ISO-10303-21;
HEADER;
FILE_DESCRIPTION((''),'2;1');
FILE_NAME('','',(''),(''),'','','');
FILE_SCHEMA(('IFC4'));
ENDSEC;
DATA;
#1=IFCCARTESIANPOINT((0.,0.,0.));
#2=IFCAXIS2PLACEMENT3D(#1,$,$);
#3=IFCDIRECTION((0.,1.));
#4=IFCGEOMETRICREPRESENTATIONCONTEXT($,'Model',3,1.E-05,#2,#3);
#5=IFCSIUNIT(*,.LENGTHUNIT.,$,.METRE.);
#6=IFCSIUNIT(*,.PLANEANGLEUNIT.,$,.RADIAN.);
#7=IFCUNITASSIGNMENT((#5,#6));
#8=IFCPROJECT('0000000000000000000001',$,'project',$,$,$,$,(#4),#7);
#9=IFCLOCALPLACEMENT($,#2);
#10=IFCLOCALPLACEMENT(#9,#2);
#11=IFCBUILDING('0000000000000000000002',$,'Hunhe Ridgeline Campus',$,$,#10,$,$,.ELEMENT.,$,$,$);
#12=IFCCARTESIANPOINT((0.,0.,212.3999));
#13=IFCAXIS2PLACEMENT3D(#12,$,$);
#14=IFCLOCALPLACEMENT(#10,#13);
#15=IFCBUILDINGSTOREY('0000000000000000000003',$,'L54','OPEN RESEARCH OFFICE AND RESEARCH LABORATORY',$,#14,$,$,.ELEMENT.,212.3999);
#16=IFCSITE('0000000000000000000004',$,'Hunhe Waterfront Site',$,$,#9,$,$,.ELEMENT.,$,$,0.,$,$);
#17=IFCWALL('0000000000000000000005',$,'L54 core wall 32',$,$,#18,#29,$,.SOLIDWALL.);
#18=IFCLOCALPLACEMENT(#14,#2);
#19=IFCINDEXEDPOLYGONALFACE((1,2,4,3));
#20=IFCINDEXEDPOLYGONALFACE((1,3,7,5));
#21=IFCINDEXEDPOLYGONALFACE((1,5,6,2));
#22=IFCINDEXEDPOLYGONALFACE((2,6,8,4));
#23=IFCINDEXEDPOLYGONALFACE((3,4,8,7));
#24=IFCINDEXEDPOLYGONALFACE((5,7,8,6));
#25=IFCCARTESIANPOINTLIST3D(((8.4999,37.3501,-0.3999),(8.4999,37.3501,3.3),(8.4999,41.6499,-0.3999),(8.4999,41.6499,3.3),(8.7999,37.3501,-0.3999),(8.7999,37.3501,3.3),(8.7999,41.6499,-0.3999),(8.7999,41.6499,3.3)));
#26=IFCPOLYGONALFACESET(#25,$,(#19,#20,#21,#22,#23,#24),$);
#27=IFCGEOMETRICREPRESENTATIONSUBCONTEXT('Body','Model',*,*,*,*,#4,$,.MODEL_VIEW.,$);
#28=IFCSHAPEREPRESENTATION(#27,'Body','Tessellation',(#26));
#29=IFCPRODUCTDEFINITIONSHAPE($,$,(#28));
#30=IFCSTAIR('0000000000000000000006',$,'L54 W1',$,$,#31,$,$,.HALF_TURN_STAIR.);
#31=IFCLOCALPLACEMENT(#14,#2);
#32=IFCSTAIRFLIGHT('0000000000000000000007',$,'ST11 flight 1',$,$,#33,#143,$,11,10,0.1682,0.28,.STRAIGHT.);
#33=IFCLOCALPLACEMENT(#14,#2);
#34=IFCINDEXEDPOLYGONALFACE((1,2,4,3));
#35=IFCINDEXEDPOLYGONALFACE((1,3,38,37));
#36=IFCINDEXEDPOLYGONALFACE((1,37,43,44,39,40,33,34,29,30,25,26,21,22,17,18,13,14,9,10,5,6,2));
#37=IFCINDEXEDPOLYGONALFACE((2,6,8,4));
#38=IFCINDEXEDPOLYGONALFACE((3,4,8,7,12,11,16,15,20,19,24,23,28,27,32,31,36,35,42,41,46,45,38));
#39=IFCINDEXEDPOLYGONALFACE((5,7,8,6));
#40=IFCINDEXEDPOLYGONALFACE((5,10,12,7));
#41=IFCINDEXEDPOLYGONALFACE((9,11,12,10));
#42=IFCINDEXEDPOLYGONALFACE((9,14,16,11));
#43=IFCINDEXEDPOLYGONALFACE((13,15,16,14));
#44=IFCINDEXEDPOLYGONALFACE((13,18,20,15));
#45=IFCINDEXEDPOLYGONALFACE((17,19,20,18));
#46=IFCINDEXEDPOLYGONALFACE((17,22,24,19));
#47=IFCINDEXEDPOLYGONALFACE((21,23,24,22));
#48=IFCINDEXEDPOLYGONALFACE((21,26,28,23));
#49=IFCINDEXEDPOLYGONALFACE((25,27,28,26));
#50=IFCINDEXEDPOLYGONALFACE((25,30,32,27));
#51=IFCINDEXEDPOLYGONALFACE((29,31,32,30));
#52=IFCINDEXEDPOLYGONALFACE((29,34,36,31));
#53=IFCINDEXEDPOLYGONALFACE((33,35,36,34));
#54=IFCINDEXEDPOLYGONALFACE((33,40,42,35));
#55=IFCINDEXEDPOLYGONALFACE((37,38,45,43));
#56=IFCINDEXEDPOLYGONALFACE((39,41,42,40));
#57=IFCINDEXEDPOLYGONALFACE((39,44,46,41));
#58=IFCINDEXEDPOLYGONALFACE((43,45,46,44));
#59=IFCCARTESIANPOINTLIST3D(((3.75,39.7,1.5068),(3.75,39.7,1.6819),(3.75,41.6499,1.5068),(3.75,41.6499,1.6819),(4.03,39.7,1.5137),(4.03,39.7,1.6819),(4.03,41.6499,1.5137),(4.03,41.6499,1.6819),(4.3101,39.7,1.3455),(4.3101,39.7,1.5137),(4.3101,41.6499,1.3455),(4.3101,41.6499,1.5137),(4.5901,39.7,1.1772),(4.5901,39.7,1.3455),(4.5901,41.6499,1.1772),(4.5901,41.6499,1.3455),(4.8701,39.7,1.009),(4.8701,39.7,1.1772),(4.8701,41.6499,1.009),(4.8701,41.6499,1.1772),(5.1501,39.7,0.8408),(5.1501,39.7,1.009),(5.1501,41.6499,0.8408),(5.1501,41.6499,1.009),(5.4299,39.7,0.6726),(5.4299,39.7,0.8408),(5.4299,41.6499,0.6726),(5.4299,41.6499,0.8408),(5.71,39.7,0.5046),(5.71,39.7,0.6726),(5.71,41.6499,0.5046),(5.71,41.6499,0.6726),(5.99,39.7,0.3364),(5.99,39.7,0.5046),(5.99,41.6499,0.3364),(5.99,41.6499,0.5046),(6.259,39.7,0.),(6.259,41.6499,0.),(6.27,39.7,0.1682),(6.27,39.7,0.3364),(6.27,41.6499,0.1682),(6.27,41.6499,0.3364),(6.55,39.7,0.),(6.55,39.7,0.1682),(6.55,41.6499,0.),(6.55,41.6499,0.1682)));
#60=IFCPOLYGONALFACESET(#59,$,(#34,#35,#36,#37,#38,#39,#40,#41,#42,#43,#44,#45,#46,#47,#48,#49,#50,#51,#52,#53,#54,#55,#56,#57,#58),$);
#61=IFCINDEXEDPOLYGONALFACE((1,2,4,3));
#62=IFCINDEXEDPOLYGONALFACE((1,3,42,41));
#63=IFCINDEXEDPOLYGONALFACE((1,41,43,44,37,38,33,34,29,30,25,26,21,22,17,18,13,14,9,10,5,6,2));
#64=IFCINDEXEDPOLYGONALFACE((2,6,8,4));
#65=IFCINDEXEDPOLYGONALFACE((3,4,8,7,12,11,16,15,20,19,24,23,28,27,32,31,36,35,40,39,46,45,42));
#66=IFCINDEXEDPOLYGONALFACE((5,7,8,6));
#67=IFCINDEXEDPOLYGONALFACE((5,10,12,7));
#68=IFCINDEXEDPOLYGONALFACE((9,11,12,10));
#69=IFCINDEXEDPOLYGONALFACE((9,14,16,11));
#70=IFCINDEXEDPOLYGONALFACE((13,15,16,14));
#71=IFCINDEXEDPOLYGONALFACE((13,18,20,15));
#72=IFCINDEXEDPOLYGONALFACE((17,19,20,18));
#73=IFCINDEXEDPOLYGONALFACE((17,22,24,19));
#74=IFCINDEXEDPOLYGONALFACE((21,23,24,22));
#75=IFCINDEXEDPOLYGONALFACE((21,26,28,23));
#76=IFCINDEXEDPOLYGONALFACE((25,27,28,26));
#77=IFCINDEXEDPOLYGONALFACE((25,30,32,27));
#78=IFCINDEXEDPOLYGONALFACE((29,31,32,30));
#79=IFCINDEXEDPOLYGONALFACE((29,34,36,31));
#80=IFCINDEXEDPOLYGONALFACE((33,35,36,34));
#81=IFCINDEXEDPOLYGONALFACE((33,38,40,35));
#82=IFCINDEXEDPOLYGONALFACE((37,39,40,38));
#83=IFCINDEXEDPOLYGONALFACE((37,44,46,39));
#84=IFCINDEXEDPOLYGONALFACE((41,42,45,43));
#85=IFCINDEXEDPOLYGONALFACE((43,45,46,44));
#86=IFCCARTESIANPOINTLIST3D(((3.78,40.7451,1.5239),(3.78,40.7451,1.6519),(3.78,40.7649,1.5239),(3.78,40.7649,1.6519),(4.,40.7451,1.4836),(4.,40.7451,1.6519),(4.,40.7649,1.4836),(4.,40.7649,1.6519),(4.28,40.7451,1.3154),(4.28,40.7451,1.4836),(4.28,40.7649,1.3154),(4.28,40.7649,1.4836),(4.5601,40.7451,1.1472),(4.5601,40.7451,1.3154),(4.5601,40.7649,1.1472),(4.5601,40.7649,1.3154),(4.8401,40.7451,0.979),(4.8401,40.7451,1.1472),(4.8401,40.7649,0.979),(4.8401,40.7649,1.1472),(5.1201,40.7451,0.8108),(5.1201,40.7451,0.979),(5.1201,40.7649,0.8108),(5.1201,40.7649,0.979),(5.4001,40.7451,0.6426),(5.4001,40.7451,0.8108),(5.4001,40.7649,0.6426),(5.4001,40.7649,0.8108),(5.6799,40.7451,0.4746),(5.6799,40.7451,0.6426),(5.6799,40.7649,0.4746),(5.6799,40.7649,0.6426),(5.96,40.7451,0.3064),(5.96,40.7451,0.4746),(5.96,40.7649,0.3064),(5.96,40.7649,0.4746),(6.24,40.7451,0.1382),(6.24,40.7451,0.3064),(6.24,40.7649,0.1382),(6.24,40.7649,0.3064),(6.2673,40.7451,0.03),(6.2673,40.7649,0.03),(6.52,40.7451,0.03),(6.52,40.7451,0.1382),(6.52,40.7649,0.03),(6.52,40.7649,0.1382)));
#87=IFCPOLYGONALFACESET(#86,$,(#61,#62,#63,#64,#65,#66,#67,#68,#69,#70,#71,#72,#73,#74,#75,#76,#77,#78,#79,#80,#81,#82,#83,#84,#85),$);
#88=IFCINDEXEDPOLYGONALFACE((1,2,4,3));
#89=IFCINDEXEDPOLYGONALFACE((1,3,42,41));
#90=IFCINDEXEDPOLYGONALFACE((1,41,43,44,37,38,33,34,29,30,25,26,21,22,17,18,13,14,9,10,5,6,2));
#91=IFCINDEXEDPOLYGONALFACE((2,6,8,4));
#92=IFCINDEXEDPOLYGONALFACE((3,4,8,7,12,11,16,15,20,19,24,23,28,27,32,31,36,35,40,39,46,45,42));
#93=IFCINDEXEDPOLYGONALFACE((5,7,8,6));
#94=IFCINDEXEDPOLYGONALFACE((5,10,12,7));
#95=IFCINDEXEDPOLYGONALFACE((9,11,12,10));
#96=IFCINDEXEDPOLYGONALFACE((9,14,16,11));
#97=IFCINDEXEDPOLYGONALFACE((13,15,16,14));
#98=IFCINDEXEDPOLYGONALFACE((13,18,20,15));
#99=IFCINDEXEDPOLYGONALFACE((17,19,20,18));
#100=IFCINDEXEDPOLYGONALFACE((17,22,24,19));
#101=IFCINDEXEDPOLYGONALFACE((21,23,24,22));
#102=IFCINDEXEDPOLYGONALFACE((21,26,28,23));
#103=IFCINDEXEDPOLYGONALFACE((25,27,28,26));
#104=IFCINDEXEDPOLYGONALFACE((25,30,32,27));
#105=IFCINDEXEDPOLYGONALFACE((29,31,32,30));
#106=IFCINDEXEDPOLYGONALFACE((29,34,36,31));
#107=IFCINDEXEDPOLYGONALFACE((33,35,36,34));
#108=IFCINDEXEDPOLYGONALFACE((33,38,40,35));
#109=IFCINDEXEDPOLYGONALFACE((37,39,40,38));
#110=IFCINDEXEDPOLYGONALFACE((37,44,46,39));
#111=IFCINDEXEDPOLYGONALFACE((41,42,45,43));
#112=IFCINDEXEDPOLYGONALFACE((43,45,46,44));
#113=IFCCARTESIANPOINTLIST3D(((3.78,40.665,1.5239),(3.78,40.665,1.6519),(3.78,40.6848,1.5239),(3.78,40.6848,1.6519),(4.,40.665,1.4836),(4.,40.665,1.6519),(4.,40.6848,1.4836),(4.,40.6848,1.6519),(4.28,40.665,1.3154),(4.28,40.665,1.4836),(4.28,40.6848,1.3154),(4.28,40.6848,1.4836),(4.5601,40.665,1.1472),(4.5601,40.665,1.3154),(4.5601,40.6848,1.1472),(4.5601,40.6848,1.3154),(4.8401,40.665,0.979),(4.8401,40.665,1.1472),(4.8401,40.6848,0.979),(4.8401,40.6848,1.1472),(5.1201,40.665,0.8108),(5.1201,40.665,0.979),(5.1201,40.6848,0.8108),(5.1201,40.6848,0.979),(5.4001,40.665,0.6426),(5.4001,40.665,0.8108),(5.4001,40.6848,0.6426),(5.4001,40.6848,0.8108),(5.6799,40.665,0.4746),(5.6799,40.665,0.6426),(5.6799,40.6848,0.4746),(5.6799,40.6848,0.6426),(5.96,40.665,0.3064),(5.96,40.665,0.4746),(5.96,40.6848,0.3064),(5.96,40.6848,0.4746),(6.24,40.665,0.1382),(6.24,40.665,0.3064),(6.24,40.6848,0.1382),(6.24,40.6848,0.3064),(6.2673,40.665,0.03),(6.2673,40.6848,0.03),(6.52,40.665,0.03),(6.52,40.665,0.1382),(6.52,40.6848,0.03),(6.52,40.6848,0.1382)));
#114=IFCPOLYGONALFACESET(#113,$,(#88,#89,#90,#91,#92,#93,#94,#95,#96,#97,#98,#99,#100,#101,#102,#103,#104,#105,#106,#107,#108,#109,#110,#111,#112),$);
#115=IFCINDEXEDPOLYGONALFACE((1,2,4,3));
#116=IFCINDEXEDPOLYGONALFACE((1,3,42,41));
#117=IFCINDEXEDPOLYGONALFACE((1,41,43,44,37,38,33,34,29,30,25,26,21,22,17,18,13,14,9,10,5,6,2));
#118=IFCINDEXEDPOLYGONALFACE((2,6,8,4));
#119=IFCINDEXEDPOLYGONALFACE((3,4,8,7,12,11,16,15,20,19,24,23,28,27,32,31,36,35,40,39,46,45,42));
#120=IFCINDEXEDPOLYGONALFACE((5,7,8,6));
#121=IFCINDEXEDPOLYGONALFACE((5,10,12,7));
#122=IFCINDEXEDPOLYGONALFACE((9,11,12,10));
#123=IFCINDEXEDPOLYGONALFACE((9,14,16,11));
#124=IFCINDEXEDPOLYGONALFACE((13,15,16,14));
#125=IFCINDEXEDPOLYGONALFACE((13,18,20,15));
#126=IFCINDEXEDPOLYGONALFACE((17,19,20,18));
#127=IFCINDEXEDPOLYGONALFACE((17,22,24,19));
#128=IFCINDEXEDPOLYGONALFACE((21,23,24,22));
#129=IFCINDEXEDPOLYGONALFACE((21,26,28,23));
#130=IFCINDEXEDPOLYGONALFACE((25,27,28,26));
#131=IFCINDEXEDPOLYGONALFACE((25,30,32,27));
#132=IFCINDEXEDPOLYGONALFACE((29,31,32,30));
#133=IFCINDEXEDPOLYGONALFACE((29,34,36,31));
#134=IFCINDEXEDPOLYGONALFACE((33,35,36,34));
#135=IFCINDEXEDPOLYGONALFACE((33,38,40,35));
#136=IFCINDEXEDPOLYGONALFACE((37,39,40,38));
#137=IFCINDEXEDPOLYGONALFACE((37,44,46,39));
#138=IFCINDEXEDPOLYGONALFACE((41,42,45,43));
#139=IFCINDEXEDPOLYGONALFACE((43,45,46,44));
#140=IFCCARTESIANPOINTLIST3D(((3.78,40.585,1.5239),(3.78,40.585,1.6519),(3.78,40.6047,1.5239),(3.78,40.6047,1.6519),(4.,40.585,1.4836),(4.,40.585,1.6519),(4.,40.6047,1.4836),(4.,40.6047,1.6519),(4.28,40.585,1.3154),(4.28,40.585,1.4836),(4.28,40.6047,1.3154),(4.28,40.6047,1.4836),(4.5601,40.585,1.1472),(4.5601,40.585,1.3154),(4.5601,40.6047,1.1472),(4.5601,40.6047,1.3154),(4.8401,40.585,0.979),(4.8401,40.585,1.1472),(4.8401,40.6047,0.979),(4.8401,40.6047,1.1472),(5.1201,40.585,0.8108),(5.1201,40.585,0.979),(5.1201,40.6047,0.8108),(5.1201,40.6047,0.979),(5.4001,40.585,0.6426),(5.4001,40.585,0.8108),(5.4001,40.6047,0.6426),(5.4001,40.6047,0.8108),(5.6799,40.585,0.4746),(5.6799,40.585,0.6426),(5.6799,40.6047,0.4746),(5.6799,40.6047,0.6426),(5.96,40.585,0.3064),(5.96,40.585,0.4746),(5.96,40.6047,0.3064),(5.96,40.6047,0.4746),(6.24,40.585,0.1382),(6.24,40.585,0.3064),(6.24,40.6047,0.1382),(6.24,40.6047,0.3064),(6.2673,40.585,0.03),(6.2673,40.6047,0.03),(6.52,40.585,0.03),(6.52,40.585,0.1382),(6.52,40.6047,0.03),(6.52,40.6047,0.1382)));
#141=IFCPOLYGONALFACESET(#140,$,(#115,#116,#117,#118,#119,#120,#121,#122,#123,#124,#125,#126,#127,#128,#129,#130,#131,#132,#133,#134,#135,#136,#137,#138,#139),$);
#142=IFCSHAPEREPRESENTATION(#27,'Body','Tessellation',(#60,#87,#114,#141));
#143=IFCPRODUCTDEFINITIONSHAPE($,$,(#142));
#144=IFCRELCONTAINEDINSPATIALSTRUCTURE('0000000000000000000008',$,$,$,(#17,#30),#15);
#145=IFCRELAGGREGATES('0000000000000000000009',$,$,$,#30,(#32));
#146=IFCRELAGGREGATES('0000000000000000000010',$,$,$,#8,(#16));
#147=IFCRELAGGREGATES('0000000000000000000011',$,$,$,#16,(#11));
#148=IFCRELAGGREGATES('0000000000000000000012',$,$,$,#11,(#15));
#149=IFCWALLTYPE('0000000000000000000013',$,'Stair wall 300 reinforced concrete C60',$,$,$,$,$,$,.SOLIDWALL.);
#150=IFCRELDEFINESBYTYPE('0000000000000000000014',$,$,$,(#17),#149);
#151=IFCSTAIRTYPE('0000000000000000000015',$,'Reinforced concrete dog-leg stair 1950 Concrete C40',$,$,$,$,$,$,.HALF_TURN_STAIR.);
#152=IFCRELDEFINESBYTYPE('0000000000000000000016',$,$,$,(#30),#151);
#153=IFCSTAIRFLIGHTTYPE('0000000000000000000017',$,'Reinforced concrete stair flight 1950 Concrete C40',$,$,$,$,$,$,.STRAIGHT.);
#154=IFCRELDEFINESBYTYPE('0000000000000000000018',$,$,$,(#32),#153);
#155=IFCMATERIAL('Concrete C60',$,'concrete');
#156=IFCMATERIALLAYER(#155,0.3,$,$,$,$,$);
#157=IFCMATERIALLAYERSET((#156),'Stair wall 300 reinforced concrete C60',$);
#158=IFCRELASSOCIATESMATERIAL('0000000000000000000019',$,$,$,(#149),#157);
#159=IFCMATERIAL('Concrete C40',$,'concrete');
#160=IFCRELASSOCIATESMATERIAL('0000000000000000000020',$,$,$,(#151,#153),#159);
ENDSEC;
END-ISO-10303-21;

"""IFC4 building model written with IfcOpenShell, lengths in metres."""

from ifc_helpers import new_model, si_unit, direction, frame, frame_2d, origin, place, context, subcontext, project, spatial, polyline, rectangle, outline, extrude, material, layer, layer_set, type_object, element, aggregate, save


model = new_model("IFC4")

# Units and contexts
model_context = context("Model", 3, precision=1e-05, world=origin(), true_north=direction((0.0, 1.0)))
body_context = subcontext(model_context, "Body", "Model", "MODEL_VIEW")
ifc_project = project(units=[si_unit("LENGTHUNIT", "METRE"), si_unit("PLANEANGLEUNIT", "RADIAN")], contexts=[model_context])

# Site, building, storey
site_placement = place(None, origin())
site = spatial("IfcSite", under=ifc_project, at=site_placement, Name="Hunhe Waterfront Site", CompositionType="ELEMENT", RefElevation=0.0)
building_placement = place(site_placement, origin())
building = spatial("IfcBuilding", under=site, at=building_placement, Name="Hunhe Ridgeline Campus", CompositionType="ELEMENT")
storey_placement = place(building_placement, frame((0.0, 0.0, 212.3999)))
storey = spatial("IfcBuildingStorey", under=building, at=storey_placement, Name="L54", Description="OPEN RESEARCH OFFICE AND RESEARCH LABORATORY", CompositionType="ELEMENT", Elevation=212.3999)

# Shared definitions
ifc_material_1 = material(Name="Concrete C60", Category="concrete")

# Wall
ifc_layer_1 = layer(ifc_material_1, 0.3)
ifc_layer_set_1 = layer_set([ifc_layer_1], Name="Stair wall 300 reinforced concrete C60")
wall_type_1 = type_object("IfcWallType", Name="Stair wall 300 reinforced concrete C60", PredefinedType="SOLIDWALL", material=ifc_layer_set_1)
wall_1_placement = place(storey_placement, frame((8.6499, 37.3501, -0.3999), z_axis=(0.0, 0.0, 1.0), x_axis=(0.0, 1.0, 0.0)))
element("IfcWall", 1, at=wall_1_placement, inside=storey, type_object=wall_type_1, Name="L54 core wall 32", PredefinedType="SOLIDWALL", context=body_context, shape_type="SweptSolid", body=[
    extrude(rectangle(XDim=4.2998, YDim=0.3, at=frame_2d((2.1499, 0.0))), origin(), (0.0, 0.0, 1.0), 3.7),
])

# Stair, stair flight
ifc_material_2 = material(Name="Concrete C40", Category="concrete")
stair_type = type_object("IfcStairType", Name="Reinforced concrete dog-leg stair 1950 Concrete C40", PredefinedType="HALF_TURN_STAIR", material=ifc_material_2)
stair_placement = place(storey_placement, origin())
stair = element("IfcStair", 2, at=stair_placement, inside=storey, type_object=stair_type, Name="L54 W1", PredefinedType="HALF_TURN_STAIR")
stair_flight_type = type_object("IfcStairFlightType", Name="Reinforced concrete stair flight 1950 Concrete C40", PredefinedType="STRAIGHT", material=ifc_material_2)
stair_flight_placement = place(storey_placement, frame((6.55, 40.675, 0.0), z_axis=(0.0, 0.0, 1.0), x_axis=(-1.0, 0.0, 0.0)))
stair_flight = element("IfcStairFlight", 3, at=stair_flight_placement, type_object=stair_flight_type, Name="ST11 flight 1", NumberOfRisers=11, NumberOfTreads=10, PredefinedType="STRAIGHT", RiserHeight=0.1682, TreadLength=0.28, context=body_context, shape_type="SweptSolid", body=[
    extrude(outline(polyline([(0.0, 0.0), (0.0, 0.1682), (0.28, 0.1682), (0.28, 0.3364), (0.5601, 0.3364), (0.5601, 0.5046), (0.8401, 0.5046), (0.8401, 0.6726), (1.1201, 0.6726), (1.1201, 0.8408), (1.3999, 0.8408), (1.3999, 1.009), (1.6799, 1.009), (1.6799, 1.1772), (1.96, 1.1772), (1.96, 1.3455), (2.24, 1.3455), (2.24, 1.5137), (2.52, 1.5137), (2.52, 1.6819), (2.8, 1.6819), (2.8, 1.8501), (2.8, 1.5068), (0.291, 0.0), (0.0, 0.0)])), frame((0.0, 0.9751, 0.0), z_axis=(0.0, -1.0, 0.0), x_axis=(1.0, 0.0, 0.0)), (0.0, 0.0, 1.0), 1.95),
    extrude(outline(polyline([(0.03, 0.03), (0.03, 0.1382), (0.3101, 0.1382), (0.3101, 0.3064), (0.5901, 0.3064), (0.5901, 0.4746), (0.8701, 0.4746), (0.8701, 0.6426), (1.1499, 0.6426), (1.1499, 0.8108), (1.4299, 0.8108), (1.4299, 0.979), (1.71, 0.979), (1.71, 1.1472), (1.99, 1.1472), (1.99, 1.3154), (2.27, 1.3154), (2.27, 1.4836), (2.55, 1.4836), (2.55, 1.6519), (2.77, 1.6519), (2.77, 1.5239), (0.2827, 0.03), (0.03, 0.03)])), frame((0.0, -0.0701, 0.0), z_axis=(0.0, -1.0, 0.0), x_axis=(1.0, 0.0, 0.0)), (0.0, 0.0, 1.0), 0.0198),
    extrude(outline(polyline([(0.03, 0.03), (0.03, 0.1382), (0.3101, 0.1382), (0.3101, 0.3064), (0.5901, 0.3064), (0.5901, 0.4746), (0.8701, 0.4746), (0.8701, 0.6426), (1.1499, 0.6426), (1.1499, 0.8108), (1.4299, 0.8108), (1.4299, 0.979), (1.71, 0.979), (1.71, 1.1472), (1.99, 1.1472), (1.99, 1.3154), (2.27, 1.3154), (2.27, 1.4836), (2.55, 1.4836), (2.55, 1.6519), (2.77, 1.6519), (2.77, 1.5239), (0.2827, 0.03), (0.03, 0.03)])), frame((0.0, 0.01, 0.0), z_axis=(0.0, -1.0, 0.0), x_axis=(1.0, 0.0, 0.0)), (0.0, 0.0, 1.0), 0.0198),
    extrude(outline(polyline([(0.03, 0.03), (0.03, 0.1382), (0.3101, 0.1382), (0.3101, 0.3064), (0.5901, 0.3064), (0.5901, 0.4746), (0.8701, 0.4746), (0.8701, 0.6426), (1.1499, 0.6426), (1.1499, 0.8108), (1.4299, 0.8108), (1.4299, 0.979), (1.71, 0.979), (1.71, 1.1472), (1.99, 1.1472), (1.99, 1.3154), (2.27, 1.3154), (2.27, 1.4836), (2.55, 1.4836), (2.55, 1.6519), (2.77, 1.6519), (2.77, 1.5239), (0.2827, 0.03), (0.03, 0.03)])), frame((0.0, 0.0901, 0.0), z_axis=(0.0, -1.0, 0.0), x_axis=(1.0, 0.0, 0.0)), (0.0, 0.0, 1.0), 0.0198),
])
aggregate(stair, [stair_flight])

save(model, "model.ifc")
